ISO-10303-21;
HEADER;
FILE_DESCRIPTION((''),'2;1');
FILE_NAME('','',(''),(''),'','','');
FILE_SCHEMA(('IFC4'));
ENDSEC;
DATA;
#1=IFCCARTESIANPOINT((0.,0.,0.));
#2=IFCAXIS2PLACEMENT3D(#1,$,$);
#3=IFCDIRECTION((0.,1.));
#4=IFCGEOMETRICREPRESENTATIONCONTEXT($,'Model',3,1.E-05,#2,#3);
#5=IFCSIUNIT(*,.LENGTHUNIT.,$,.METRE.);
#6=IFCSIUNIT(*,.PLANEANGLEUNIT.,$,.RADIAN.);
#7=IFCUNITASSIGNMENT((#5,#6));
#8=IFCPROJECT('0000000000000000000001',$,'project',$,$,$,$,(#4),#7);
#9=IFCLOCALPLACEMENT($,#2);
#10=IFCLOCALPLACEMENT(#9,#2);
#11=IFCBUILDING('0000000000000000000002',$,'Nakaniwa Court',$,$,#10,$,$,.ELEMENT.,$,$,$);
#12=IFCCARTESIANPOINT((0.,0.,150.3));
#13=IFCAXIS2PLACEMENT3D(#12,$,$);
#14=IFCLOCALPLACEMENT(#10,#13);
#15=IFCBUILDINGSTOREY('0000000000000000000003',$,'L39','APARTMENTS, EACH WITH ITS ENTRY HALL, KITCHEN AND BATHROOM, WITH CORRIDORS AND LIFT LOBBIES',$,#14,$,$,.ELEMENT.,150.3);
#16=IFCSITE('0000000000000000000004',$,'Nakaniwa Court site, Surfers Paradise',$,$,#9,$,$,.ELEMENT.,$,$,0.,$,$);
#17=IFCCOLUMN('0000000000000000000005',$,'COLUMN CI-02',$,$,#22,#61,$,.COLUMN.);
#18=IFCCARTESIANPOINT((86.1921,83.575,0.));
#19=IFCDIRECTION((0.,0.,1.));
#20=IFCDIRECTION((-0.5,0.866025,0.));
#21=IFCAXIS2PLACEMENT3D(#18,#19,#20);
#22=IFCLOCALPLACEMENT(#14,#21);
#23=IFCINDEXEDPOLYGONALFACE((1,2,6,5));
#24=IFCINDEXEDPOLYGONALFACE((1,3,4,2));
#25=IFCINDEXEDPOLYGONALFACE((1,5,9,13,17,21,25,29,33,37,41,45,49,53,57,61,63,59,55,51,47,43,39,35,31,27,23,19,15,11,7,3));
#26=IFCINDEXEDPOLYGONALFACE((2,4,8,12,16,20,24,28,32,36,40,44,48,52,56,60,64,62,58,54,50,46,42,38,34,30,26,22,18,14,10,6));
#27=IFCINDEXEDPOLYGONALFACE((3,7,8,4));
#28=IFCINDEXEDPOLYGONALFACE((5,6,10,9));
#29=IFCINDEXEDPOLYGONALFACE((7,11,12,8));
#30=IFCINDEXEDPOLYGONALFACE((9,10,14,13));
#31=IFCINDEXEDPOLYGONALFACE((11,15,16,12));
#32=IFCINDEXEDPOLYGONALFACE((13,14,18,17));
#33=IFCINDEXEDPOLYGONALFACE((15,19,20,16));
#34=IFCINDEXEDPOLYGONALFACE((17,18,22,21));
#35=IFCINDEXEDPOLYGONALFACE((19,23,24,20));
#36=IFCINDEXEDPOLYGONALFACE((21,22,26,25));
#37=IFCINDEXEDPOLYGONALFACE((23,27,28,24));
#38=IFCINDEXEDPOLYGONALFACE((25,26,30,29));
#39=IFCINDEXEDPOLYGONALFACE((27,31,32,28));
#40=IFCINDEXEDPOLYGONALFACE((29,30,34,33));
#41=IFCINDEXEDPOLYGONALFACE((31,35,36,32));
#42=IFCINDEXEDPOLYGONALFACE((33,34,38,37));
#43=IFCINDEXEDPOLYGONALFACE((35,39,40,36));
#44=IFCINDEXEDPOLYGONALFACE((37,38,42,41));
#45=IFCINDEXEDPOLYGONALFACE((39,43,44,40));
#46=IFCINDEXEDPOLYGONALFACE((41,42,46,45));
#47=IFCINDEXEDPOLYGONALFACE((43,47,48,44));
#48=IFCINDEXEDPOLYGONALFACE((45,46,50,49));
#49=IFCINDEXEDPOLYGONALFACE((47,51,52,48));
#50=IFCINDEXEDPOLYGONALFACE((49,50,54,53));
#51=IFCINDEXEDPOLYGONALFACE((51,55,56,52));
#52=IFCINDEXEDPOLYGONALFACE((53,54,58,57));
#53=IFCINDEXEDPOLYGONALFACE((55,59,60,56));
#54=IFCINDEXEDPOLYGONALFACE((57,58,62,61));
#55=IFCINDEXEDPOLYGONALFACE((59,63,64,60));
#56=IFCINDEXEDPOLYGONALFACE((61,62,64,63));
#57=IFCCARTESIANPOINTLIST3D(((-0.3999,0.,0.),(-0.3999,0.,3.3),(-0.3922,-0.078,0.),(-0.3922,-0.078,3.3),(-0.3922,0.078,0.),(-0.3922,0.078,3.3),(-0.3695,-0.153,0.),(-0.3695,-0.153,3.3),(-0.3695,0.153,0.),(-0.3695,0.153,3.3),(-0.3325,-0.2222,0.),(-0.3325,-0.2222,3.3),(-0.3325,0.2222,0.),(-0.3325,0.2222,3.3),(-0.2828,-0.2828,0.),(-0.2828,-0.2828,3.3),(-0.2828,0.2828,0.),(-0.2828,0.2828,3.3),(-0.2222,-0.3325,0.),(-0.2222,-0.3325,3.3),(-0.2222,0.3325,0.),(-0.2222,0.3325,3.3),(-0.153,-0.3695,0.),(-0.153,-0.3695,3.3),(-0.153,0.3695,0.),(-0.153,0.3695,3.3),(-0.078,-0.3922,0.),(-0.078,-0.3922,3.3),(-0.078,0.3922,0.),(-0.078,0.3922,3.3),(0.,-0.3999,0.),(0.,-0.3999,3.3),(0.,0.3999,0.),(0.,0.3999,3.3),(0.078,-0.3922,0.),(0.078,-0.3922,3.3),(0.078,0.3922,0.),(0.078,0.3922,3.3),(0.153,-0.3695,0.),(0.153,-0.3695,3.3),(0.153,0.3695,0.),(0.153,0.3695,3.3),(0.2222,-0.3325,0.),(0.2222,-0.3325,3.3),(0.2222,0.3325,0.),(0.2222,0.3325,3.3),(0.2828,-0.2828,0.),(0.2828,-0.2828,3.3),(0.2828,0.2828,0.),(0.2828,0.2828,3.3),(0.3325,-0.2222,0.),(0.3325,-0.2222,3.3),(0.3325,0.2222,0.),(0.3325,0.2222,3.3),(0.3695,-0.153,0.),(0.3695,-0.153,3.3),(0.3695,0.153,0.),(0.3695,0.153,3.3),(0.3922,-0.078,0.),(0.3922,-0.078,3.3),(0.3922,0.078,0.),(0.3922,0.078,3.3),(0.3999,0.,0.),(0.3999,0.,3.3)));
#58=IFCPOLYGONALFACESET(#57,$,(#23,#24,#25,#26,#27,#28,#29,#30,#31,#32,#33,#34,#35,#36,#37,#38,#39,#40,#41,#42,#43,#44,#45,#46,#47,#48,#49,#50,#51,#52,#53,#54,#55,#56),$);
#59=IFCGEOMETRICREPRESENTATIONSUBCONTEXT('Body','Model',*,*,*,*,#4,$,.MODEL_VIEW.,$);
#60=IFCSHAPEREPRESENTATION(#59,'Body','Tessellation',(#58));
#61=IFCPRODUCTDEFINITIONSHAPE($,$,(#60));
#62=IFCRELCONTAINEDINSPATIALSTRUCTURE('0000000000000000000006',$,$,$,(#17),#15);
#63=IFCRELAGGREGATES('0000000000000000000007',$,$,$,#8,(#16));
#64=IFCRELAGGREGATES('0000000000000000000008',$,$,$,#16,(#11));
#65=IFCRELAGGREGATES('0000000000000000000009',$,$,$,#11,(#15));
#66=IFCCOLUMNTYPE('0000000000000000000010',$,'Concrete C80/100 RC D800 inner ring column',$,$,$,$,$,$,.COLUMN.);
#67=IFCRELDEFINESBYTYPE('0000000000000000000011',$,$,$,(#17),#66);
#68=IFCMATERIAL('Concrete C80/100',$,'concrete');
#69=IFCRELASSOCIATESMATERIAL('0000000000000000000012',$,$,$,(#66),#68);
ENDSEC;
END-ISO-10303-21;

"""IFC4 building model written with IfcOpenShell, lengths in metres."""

from ifc_helpers import new_model, si_unit, direction, frame, origin, origin_2d, place, context, subcontext, project, spatial, circle, extrude, material, material_profile, profile_set, type_object, element, save


model = new_model("IFC4")

# Units and contexts
model_context = context("Model", 3, precision=1e-05, world=origin(), true_north=direction((0.0, 1.0)))
body_context = subcontext(model_context, "Body", "Model", "MODEL_VIEW")
ifc_project = project(units=[si_unit("LENGTHUNIT", "METRE"), si_unit("PLANEANGLEUNIT", "RADIAN")], contexts=[model_context])

# Site, building, storey
site_placement = place(None, origin())
site = spatial("IfcSite", under=ifc_project, at=site_placement, Name="Nakaniwa Court site, Surfers Paradise", CompositionType="ELEMENT", RefElevation=0.0)
building_placement = place(site_placement, origin())
building = spatial("IfcBuilding", under=site, at=building_placement, Name="Nakaniwa Court", CompositionType="ELEMENT")
storey_placement = place(building_placement, frame((0.0, 0.0, 150.3)))
storey = spatial("IfcBuildingStorey", under=building, at=storey_placement, Name="L39", Description="APARTMENTS, EACH WITH ITS ENTRY HALL, KITCHEN AND BATHROOM, WITH CORRIDORS AND LIFT LOBBIES", CompositionType="ELEMENT", Elevation=150.3)

# Column
ifc_material_1 = material(Name="Concrete C80/100", Category="concrete")
ifc_material_profile_1 = material_profile(ifc_material_1, circle(Radius=0.3999, at=origin_2d()), Name="Concrete C80/100 RC D800 inner ring column")
ifc_profile_set_1 = profile_set([ifc_material_profile_1], Name="Concrete C80/100")
column_type = type_object("IfcColumnType", Name="Concrete C80/100 RC D800 inner ring column", PredefinedType="COLUMN", material=ifc_profile_set_1)
column_placement = place(storey_placement, frame((86.1921, 83.575, 0.0), z_axis=(0.0, 0.0, 1.0), x_axis=(-0.5, 0.866025, 0.0)))
element("IfcColumn", 1, at=column_placement, inside=storey, type_object=column_type, Name="COLUMN CI-02", PredefinedType="COLUMN", context=body_context, shape_type="SweptSolid", body=[
    extrude(circle(Radius=0.3999, at=origin_2d()), origin(), (0.0, 0.0, 1.0), 3.3),
])

save(model, "model.ifc")
